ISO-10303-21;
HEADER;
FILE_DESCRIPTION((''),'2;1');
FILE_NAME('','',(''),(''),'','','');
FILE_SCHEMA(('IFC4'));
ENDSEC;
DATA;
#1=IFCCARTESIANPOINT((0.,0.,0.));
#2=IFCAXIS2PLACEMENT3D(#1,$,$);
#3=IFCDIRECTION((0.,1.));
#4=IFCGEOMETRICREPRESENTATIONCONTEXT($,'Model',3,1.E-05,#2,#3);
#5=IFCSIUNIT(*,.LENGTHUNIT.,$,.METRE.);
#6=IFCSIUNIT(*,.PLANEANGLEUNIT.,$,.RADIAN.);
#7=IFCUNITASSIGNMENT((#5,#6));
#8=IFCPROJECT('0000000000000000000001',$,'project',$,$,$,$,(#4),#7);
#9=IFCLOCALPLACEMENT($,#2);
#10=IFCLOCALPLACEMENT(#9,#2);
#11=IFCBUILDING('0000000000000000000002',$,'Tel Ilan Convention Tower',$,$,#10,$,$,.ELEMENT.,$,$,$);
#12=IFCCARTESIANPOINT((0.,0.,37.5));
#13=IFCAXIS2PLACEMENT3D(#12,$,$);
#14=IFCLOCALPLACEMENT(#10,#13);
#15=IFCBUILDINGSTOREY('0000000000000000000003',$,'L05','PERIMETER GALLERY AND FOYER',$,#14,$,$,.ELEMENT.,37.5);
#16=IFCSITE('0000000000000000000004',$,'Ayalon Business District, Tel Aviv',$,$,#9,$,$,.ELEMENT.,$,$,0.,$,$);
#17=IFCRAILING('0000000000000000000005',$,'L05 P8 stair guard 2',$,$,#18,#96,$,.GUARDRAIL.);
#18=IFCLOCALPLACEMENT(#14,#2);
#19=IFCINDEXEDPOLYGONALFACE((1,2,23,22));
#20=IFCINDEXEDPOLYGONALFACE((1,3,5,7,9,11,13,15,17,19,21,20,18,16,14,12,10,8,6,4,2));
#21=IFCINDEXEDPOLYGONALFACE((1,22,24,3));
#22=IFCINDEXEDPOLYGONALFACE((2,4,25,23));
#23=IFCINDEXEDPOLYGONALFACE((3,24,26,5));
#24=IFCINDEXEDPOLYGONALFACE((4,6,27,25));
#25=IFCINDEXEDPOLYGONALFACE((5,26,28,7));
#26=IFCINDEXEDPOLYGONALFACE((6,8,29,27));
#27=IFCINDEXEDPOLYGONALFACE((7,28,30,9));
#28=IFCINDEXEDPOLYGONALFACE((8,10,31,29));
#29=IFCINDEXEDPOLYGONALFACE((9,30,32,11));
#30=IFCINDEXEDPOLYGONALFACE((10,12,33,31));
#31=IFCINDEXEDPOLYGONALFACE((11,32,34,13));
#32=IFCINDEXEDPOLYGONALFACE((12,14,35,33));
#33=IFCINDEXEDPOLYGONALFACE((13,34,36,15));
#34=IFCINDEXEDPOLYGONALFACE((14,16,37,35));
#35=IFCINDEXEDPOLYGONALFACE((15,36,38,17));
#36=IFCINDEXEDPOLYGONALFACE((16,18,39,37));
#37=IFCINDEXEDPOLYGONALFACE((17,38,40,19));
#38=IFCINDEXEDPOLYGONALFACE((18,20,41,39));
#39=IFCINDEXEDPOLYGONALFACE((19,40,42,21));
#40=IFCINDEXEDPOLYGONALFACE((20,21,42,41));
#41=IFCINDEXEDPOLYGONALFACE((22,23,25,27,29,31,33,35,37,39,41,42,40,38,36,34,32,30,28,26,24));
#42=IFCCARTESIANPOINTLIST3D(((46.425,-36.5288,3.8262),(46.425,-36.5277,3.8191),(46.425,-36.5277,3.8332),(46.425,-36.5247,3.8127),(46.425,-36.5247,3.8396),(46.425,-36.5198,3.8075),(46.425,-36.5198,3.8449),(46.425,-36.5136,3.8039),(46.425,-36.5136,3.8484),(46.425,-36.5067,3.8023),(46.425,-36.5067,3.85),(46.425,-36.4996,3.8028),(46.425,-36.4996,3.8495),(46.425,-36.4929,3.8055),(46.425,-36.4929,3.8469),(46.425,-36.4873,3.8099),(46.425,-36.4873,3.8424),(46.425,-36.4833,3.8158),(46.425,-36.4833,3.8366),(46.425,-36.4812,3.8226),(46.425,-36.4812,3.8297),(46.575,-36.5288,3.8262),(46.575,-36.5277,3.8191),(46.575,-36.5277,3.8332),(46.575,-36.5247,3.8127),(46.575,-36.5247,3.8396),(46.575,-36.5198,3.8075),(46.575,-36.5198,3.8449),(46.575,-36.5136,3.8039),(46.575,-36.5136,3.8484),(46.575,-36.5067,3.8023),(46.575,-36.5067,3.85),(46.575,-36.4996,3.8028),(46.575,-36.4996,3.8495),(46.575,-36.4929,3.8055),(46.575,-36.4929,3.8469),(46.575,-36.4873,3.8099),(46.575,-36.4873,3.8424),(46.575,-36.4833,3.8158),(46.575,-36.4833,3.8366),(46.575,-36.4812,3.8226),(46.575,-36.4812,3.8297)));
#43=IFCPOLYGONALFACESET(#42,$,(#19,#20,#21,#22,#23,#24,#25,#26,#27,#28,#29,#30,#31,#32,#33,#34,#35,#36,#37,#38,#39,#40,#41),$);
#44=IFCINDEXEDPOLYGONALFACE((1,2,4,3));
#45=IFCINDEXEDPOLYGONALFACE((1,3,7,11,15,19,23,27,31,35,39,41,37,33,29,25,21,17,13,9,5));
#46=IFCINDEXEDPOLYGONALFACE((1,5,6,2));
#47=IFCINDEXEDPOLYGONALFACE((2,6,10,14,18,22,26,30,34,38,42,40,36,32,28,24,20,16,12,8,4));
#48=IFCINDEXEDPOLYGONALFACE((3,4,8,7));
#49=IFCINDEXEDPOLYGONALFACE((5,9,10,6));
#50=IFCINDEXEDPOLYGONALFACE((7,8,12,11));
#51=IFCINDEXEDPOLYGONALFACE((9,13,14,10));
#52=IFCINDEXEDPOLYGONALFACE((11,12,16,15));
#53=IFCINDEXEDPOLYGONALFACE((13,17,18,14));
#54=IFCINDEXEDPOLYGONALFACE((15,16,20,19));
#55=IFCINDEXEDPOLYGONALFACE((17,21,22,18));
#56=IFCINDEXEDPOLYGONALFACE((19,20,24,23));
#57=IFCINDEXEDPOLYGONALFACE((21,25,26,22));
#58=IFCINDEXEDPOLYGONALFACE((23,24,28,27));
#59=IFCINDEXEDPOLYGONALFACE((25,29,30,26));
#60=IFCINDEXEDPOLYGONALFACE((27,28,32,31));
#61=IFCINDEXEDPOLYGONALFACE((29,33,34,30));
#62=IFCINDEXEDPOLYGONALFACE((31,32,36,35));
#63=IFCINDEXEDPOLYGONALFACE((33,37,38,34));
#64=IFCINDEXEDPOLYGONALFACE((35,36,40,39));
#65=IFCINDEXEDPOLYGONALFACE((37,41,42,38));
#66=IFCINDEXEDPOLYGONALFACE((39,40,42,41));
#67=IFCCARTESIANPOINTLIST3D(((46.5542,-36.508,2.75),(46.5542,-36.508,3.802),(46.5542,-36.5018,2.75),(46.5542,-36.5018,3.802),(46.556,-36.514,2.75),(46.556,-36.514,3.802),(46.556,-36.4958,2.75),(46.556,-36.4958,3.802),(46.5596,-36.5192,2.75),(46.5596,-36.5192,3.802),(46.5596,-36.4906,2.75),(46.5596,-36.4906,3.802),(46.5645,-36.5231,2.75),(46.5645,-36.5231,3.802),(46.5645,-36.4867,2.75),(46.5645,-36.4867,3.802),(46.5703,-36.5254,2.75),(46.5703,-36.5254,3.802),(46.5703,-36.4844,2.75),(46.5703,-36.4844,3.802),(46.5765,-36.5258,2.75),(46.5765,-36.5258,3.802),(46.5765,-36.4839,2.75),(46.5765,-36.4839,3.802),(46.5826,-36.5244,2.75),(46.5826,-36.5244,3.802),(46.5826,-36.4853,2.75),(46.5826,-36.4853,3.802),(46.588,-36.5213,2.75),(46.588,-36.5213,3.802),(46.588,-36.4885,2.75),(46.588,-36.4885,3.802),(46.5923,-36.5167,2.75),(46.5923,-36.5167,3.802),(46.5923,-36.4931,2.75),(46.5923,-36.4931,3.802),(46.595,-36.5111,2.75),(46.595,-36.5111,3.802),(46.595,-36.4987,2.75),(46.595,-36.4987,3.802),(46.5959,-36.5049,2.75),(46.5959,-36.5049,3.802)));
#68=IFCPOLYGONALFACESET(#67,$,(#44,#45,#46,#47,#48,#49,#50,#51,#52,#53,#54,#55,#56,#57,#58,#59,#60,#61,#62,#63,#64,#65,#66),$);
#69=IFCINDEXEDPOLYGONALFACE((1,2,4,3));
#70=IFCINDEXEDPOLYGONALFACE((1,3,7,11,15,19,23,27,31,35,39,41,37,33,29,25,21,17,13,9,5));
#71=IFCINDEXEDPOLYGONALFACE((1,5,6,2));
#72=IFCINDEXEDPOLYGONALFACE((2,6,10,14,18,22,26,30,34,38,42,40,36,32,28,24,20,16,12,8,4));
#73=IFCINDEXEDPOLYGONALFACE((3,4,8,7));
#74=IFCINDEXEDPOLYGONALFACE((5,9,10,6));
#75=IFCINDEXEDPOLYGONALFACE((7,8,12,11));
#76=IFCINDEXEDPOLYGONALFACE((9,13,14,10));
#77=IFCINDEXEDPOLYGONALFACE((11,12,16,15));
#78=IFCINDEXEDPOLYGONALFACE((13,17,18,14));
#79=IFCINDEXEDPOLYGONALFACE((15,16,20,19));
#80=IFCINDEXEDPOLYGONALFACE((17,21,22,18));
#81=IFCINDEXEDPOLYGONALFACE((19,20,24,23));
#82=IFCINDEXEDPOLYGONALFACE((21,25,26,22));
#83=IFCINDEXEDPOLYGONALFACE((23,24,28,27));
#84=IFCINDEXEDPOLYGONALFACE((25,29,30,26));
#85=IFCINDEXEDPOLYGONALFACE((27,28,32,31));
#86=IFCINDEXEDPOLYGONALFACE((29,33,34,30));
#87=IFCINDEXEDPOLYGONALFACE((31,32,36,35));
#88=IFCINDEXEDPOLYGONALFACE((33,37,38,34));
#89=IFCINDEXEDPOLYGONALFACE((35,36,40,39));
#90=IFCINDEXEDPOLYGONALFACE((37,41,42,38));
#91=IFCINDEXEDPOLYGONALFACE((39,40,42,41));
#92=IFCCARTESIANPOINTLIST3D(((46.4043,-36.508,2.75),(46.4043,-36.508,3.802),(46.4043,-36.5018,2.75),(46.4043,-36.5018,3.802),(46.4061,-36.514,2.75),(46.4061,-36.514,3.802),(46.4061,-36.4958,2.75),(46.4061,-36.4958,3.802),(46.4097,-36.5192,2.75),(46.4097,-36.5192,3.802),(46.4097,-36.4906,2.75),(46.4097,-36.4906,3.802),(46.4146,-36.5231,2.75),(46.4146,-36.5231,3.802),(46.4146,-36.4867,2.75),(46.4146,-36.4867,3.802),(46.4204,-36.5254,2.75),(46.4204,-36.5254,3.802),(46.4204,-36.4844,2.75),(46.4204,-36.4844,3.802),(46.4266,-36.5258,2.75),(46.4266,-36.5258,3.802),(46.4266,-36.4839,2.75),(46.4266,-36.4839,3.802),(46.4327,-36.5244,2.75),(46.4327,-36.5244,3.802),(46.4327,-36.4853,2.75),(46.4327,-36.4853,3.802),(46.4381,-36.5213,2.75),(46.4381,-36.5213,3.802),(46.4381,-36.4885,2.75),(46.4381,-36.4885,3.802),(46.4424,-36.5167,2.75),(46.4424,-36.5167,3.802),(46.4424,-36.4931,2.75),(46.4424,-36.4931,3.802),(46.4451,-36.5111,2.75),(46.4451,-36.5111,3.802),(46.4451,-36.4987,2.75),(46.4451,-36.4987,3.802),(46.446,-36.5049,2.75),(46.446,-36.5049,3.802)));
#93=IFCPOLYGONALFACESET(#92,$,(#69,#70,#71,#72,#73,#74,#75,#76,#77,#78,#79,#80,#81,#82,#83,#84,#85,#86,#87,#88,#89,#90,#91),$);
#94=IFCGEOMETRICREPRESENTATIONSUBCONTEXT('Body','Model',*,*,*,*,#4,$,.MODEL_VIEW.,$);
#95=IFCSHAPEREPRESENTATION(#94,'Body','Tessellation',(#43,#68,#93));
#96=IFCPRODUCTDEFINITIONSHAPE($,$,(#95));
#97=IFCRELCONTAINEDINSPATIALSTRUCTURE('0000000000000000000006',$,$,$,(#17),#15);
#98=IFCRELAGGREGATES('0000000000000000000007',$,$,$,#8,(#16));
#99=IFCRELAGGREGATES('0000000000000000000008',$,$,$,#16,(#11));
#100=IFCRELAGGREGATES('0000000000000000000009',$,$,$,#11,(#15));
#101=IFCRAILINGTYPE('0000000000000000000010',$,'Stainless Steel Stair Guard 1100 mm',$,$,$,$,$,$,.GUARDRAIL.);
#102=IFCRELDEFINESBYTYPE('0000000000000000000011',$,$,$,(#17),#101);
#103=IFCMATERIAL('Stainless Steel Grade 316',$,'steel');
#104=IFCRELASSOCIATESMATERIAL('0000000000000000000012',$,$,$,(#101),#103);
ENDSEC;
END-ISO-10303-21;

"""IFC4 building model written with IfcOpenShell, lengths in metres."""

from ifc_helpers import new_model, si_unit, direction, frame, origin, origin_2d, place, context, subcontext, project, spatial, circle, extrude, material, type_object, element, save


model = new_model("IFC4")

# Units and contexts
model_context = context("Model", 3, precision=1e-05, world=origin(), true_north=direction((0.0, 1.0)))
body_context = subcontext(model_context, "Body", "Model", "MODEL_VIEW")
ifc_project = project(units=[si_unit("LENGTHUNIT", "METRE"), si_unit("PLANEANGLEUNIT", "RADIAN")], contexts=[model_context])

# Site, building, storey
site_placement = place(None, origin())
site = spatial("IfcSite", under=ifc_project, at=site_placement, Name="Ayalon Business District, Tel Aviv", CompositionType="ELEMENT", RefElevation=0.0)
building_placement = place(site_placement, origin())
building = spatial("IfcBuilding", under=site, at=building_placement, Name="Tel Ilan Convention Tower", CompositionType="ELEMENT")
storey_placement = place(building_placement, frame((0.0, 0.0, 37.5)))
storey = spatial("IfcBuildingStorey", under=building, at=storey_placement, Name="L05", Description="PERIMETER GALLERY AND FOYER", CompositionType="ELEMENT", Elevation=37.5)

# Railing
ifc_material_1 = material(Name="Stainless Steel Grade 316", Category="steel")
railing_type_1 = type_object("IfcRailingType", Name="Stainless Steel Stair Guard 1100 mm", PredefinedType="GUARDRAIL", material=ifc_material_1)
railing_1_placement = place(storey_placement, frame((46.575, -36.5049, 2.75)))
element("IfcRailing", 1, at=railing_1_placement, inside=storey, type_object=railing_type_1, Name="L05 P8 stair guard 2", PredefinedType="GUARDRAIL", context=body_context, shape_type="SweptSolid", body=[
    extrude(circle(Radius=0.0239, at=origin_2d()), frame((0.0, 0.0, 1.0762), z_axis=(-1.0, 0.0, 0.0), x_axis=(0.0, -1.0, 0.0)), (0.0, 0.0, 1.0), 0.1499),
    extrude(circle(Radius=0.021, at=origin_2d()), origin(), (0.0, 0.0, 1.0), 1.052),
    extrude(circle(Radius=0.021, at=origin_2d()), frame((-0.1499, 0.0, 0.0)), (0.0, 0.0, 1.0), 1.052),
])

save(model, "model.ifc")
